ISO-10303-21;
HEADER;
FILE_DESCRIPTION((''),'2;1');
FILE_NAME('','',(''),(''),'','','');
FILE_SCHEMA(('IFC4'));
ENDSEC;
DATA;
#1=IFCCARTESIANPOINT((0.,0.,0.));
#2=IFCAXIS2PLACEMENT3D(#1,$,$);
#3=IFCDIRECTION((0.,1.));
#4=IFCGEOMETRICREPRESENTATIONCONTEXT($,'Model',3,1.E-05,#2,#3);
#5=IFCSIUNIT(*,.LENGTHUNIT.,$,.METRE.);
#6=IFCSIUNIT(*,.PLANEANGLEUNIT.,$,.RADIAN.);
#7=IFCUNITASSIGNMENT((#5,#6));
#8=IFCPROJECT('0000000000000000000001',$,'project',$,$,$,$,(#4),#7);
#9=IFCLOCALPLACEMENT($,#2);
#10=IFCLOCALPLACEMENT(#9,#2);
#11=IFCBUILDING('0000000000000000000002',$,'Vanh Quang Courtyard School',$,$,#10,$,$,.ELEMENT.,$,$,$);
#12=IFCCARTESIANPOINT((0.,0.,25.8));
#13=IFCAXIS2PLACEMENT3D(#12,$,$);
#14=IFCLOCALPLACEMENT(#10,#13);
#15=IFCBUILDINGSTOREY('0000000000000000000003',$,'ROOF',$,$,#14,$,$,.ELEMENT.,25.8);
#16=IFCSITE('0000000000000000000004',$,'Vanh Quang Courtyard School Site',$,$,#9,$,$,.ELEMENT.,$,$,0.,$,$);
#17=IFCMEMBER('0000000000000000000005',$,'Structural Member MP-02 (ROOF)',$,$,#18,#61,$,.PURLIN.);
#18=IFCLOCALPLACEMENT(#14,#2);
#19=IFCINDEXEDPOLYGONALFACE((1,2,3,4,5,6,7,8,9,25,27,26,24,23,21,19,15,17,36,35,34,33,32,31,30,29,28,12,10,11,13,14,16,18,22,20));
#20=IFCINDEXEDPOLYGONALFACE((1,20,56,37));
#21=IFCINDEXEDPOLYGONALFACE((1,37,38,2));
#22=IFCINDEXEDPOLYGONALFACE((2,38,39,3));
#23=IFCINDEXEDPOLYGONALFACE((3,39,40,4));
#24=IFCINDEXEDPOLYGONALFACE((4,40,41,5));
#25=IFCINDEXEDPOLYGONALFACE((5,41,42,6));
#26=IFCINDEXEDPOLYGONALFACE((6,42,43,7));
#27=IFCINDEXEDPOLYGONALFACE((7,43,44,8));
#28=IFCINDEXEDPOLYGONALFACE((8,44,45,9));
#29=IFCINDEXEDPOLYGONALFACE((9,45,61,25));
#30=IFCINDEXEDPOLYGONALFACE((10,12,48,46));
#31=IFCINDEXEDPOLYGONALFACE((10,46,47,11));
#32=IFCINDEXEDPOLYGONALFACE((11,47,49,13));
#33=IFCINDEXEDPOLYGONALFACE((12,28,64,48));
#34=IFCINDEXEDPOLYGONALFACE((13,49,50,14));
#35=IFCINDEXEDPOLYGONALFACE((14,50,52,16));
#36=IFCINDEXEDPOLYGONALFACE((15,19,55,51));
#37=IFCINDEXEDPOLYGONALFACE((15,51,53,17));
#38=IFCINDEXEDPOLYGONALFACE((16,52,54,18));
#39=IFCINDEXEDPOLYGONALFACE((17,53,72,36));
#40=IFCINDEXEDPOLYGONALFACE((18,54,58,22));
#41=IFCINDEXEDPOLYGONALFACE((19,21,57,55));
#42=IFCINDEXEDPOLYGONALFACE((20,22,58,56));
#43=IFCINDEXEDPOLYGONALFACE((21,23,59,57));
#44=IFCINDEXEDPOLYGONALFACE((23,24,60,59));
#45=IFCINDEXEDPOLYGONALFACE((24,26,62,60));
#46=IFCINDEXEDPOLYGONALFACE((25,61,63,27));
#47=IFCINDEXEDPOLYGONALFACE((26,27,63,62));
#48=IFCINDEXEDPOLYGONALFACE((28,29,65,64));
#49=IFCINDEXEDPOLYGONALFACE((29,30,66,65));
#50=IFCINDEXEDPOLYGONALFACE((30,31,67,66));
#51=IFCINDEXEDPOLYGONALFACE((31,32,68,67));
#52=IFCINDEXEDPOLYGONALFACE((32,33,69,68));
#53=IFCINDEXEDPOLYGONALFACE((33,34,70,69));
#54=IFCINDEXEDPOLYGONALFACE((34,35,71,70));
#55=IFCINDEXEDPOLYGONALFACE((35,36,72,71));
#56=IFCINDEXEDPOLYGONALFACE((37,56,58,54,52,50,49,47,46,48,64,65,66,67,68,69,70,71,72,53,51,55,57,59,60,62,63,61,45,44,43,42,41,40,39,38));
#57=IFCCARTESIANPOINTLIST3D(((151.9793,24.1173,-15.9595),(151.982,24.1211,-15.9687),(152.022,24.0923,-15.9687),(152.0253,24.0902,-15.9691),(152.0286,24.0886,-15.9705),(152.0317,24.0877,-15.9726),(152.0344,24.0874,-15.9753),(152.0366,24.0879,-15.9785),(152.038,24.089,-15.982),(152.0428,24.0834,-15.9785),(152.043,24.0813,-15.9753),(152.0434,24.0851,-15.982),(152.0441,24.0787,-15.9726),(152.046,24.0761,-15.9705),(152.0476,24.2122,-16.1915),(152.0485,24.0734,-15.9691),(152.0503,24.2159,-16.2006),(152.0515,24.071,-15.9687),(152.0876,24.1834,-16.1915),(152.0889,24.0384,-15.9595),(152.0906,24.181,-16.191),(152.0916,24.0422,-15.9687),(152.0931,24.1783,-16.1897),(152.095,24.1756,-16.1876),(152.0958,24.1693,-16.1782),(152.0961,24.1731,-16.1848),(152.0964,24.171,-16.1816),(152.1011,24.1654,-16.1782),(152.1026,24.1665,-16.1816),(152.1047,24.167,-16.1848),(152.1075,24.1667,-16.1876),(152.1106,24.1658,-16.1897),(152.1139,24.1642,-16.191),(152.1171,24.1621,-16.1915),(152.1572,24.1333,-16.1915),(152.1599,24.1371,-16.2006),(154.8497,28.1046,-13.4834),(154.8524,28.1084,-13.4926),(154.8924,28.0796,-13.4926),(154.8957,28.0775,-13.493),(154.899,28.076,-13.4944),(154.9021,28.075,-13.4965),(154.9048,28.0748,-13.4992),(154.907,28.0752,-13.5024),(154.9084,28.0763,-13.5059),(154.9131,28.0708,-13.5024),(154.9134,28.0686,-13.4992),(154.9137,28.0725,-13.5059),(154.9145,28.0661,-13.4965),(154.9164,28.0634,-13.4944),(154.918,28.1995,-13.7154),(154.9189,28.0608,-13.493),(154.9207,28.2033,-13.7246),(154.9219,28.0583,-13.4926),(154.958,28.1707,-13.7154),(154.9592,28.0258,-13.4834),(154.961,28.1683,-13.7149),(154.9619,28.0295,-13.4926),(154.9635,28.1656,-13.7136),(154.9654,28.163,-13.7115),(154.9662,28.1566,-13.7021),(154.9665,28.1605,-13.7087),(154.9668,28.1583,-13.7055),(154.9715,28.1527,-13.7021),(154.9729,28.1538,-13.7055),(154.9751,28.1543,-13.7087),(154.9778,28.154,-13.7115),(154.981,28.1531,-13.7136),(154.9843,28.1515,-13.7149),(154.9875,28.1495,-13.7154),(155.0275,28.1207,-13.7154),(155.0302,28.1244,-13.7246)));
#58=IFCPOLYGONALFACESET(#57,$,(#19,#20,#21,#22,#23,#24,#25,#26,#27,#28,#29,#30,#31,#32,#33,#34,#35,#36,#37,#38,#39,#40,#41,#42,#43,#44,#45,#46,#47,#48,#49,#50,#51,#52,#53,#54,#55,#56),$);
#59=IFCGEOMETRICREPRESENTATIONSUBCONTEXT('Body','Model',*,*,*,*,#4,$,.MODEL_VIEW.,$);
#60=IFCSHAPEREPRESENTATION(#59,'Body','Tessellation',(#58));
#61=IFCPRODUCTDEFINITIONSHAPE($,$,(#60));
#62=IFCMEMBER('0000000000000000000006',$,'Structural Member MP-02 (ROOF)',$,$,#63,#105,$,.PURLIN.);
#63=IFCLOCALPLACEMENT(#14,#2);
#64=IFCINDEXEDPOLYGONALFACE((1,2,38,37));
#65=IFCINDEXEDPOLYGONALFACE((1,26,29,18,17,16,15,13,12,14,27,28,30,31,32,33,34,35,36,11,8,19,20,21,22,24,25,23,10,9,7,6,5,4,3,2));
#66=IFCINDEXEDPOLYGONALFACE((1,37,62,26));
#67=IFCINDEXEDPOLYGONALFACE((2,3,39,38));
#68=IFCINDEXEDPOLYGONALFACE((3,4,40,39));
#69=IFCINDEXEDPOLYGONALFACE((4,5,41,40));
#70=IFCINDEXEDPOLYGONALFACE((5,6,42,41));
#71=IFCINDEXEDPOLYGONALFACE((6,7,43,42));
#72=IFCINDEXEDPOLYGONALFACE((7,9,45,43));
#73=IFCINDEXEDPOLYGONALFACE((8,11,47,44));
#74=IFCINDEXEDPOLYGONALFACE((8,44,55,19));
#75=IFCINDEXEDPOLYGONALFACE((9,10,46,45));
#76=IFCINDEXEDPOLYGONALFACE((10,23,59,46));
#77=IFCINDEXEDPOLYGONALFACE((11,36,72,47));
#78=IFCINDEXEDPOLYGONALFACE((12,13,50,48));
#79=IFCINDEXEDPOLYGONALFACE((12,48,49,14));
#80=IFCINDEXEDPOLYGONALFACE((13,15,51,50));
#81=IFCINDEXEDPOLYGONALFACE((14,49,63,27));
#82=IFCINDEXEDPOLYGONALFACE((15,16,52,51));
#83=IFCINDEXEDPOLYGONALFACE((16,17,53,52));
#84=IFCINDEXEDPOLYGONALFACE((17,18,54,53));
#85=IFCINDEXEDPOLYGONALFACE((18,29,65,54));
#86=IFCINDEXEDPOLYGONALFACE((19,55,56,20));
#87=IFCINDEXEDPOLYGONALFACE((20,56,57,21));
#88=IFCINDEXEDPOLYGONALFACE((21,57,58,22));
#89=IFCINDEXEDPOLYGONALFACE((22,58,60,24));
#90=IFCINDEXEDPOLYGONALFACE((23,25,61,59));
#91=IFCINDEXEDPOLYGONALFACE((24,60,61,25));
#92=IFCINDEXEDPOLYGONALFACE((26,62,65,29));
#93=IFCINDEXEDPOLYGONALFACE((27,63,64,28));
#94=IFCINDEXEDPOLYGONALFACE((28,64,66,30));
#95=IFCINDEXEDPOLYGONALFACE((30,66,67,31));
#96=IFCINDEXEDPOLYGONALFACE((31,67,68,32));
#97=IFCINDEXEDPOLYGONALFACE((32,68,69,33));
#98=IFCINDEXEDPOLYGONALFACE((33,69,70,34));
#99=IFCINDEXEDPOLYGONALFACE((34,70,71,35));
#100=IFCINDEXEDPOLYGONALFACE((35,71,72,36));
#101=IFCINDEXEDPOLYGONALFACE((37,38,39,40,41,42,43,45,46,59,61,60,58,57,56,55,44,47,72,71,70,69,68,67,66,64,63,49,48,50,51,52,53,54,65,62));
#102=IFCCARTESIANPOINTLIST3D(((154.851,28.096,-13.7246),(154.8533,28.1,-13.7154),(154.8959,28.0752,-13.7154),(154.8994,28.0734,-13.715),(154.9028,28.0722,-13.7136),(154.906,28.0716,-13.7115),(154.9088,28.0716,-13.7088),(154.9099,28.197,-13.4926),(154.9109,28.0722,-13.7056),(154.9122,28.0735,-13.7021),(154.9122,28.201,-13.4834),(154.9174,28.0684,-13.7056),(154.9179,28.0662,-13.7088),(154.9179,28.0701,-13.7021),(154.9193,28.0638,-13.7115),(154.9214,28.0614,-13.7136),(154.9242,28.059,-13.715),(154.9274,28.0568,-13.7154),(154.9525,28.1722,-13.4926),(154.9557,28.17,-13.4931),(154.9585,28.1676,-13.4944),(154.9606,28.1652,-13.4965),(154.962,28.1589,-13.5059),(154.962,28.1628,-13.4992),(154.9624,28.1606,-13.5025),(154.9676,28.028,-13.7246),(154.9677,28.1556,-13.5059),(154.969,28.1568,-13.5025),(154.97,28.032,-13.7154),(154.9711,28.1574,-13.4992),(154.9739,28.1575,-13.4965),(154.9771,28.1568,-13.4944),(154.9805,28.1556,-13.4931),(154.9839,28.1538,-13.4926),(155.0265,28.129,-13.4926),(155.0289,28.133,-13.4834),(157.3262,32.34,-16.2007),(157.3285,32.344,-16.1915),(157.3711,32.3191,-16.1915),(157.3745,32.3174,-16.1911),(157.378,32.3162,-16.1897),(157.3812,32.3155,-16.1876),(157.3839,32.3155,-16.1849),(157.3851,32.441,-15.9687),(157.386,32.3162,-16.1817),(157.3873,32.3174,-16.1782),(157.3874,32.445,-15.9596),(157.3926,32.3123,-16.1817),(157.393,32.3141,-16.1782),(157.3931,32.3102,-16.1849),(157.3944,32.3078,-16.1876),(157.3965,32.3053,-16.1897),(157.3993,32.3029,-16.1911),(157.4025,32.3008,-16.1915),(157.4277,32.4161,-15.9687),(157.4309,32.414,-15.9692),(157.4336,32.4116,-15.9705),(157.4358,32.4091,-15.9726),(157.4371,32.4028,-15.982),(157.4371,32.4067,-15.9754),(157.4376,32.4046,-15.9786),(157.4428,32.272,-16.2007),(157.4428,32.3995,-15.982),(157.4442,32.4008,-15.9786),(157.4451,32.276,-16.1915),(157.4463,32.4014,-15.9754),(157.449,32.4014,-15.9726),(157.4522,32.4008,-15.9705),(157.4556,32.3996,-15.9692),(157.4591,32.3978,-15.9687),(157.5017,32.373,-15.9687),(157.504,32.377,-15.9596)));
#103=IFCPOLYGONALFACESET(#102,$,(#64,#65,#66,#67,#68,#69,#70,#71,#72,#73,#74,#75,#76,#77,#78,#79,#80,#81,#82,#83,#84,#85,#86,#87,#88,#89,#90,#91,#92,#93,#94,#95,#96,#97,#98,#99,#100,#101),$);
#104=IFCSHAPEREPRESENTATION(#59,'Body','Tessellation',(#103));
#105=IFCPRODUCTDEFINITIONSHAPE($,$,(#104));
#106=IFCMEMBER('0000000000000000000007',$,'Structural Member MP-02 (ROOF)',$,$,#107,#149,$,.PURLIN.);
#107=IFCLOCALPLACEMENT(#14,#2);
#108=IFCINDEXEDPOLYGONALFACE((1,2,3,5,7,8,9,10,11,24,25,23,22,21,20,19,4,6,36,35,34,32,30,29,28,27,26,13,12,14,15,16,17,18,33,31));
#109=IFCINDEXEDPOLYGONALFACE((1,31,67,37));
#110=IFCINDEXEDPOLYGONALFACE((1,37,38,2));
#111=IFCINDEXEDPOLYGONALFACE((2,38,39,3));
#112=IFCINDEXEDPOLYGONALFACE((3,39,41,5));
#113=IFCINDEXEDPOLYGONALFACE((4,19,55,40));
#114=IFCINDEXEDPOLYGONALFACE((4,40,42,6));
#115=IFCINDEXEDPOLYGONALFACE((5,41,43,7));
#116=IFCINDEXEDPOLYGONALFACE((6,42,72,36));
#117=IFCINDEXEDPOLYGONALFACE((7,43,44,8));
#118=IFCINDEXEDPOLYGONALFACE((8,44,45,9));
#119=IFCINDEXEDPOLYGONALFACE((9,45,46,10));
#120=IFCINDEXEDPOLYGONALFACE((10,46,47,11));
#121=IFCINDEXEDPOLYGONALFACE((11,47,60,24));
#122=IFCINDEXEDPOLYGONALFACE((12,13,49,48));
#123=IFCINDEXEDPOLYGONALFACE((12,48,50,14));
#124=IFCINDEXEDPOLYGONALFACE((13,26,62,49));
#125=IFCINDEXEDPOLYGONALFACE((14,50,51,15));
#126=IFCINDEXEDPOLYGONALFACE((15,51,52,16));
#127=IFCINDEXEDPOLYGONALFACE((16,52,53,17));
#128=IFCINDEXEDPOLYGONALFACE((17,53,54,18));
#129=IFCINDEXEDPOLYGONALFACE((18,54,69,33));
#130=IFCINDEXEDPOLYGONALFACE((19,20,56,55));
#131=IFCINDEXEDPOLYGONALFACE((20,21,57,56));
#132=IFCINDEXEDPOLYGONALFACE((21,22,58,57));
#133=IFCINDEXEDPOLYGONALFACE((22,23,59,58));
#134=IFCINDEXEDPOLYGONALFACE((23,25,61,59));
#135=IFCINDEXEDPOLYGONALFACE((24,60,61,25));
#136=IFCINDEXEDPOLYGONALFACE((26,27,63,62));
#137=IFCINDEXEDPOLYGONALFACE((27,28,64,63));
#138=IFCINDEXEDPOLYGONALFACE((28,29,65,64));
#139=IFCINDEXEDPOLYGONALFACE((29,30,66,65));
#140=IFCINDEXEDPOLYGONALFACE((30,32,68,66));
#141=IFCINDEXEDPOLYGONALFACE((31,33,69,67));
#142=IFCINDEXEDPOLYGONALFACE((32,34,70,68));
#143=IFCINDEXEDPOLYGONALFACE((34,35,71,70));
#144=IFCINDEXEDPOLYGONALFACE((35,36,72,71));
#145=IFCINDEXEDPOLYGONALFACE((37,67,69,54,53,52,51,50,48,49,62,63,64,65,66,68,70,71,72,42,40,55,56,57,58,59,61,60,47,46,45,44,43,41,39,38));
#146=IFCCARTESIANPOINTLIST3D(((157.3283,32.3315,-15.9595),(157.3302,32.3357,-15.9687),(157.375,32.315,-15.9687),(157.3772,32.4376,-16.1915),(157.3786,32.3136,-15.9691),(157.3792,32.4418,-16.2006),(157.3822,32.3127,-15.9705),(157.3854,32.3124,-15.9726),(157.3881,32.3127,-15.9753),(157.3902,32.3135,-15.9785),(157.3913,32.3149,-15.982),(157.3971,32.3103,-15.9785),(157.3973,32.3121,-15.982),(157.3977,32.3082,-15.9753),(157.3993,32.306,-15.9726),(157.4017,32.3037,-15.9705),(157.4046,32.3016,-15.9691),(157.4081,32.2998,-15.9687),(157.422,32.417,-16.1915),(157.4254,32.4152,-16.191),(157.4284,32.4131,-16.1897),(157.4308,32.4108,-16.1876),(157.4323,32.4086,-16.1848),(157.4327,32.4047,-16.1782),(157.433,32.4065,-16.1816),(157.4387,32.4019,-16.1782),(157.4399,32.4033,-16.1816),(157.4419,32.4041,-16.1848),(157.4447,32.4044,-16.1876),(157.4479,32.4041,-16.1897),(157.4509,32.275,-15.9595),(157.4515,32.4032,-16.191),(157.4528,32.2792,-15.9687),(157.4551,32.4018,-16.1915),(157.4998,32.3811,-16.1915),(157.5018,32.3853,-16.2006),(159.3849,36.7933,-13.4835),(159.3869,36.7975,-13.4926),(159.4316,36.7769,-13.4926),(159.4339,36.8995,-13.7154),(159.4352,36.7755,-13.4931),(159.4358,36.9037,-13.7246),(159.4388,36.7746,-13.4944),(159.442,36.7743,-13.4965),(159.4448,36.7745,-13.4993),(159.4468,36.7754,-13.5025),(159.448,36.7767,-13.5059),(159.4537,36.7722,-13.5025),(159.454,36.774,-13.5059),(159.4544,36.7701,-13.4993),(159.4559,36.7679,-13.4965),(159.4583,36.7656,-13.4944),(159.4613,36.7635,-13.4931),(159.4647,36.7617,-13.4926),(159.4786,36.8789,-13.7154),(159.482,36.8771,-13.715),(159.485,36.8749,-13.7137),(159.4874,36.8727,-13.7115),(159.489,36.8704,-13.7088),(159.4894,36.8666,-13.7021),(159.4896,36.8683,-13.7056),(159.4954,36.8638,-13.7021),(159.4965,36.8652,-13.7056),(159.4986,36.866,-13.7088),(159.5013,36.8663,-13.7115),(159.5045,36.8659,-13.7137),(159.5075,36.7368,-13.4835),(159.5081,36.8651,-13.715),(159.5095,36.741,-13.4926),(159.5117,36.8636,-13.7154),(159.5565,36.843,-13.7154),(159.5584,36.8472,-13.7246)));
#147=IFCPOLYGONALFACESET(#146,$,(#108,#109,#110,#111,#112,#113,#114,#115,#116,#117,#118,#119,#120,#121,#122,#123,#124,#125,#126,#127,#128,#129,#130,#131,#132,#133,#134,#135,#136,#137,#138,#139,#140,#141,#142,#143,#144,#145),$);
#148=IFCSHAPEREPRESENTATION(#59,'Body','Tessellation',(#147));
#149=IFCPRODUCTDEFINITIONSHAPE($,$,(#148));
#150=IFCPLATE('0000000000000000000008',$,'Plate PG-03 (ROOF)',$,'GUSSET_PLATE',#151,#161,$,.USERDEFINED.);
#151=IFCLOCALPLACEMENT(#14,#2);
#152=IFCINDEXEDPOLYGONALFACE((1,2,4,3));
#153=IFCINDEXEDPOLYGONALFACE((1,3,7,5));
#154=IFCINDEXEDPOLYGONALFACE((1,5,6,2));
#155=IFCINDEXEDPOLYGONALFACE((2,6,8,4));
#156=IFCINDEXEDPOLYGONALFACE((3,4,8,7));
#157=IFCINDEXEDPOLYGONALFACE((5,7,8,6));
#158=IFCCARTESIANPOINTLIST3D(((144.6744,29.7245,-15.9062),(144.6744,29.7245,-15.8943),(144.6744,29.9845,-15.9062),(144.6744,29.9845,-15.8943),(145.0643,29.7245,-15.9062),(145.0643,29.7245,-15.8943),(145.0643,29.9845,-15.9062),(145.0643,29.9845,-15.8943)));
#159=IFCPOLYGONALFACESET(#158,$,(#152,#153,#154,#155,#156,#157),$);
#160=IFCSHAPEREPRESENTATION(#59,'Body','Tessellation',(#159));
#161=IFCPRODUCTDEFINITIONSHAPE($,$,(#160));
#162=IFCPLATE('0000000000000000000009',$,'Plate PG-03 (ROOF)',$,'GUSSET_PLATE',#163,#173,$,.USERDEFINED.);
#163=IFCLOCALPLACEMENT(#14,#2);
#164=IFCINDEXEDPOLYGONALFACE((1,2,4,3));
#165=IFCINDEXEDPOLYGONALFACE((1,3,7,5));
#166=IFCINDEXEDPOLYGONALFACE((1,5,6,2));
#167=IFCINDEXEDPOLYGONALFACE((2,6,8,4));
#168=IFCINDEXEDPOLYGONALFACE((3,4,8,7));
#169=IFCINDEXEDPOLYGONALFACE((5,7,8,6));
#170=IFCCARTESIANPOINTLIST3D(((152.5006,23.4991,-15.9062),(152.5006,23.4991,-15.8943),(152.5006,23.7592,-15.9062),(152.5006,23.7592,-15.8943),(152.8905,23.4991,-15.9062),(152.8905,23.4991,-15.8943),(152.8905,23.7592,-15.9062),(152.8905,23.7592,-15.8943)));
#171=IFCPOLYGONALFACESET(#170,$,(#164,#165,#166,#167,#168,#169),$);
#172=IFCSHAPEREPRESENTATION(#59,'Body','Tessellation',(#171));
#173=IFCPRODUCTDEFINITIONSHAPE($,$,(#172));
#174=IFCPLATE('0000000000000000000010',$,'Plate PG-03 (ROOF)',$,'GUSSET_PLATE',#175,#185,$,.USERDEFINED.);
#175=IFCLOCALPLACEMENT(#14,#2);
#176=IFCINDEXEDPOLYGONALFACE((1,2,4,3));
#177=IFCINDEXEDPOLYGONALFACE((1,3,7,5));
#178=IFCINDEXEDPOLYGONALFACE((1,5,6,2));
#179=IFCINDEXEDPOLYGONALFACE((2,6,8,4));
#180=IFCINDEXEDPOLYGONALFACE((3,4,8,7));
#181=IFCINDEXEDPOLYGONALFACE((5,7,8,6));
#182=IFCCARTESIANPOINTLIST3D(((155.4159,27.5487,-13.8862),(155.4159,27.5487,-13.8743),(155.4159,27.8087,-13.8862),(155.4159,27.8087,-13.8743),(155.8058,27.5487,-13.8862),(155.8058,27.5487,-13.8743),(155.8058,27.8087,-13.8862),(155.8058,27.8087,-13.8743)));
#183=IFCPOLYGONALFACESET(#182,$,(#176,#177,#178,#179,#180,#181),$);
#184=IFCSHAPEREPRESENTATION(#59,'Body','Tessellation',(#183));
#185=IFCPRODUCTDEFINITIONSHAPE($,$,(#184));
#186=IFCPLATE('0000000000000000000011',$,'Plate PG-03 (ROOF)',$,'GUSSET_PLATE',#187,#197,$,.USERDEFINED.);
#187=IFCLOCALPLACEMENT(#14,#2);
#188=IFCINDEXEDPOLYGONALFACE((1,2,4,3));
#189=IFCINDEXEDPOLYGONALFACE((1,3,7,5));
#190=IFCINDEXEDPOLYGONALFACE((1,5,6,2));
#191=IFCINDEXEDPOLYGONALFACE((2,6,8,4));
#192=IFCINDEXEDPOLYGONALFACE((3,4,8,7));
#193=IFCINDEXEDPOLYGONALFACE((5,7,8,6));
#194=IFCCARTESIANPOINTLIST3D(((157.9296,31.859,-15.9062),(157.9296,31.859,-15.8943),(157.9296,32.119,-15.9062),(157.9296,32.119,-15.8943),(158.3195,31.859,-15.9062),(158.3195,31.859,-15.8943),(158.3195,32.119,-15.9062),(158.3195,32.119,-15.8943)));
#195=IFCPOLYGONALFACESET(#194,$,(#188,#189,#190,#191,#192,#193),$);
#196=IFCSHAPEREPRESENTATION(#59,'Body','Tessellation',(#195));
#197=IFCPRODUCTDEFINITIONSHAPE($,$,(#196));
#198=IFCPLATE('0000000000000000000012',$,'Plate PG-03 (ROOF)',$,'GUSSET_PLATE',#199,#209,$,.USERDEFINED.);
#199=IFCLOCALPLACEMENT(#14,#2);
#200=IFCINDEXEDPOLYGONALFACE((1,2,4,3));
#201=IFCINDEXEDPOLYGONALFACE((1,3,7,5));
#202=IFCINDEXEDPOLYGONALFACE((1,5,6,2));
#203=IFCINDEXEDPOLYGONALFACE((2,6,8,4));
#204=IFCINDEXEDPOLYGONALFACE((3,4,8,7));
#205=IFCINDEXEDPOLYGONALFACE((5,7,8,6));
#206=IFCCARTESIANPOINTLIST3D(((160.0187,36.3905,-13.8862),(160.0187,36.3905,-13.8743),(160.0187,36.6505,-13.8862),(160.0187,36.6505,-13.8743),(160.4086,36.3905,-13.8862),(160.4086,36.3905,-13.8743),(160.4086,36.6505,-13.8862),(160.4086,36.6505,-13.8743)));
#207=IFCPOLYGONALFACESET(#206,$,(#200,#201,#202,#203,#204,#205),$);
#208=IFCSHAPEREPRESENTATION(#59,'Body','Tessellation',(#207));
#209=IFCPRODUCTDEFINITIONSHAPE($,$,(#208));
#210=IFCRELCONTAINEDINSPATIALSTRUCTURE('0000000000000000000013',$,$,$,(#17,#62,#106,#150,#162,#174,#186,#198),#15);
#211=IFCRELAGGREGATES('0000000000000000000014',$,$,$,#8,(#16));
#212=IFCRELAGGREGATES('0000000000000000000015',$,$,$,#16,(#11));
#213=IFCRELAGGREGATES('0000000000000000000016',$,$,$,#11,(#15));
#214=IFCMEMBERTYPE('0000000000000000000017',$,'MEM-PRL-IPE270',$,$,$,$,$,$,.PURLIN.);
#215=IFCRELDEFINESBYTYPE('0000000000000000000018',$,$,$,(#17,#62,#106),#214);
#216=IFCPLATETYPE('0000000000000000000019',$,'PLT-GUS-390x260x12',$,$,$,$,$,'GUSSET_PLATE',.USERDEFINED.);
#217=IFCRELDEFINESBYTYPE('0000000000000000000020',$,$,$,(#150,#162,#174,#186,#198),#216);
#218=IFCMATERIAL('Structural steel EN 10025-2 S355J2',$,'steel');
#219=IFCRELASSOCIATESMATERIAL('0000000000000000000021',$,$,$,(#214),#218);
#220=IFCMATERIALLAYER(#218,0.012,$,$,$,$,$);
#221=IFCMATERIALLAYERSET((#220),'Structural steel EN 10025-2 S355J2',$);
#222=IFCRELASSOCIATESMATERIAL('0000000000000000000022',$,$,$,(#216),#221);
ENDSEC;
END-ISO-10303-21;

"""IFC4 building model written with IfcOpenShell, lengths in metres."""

from ifc_helpers import new_model, si_unit, direction, frame, origin, origin_2d, place, context, subcontext, project, spatial, rectangle, i_section, extrude, material, layer, layer_set, material_profile, profile_set, type_object, element, save


model = new_model("IFC4")

# Units and contexts
model_context = context("Model", 3, precision=1e-05, world=origin(), true_north=direction((0.0, 1.0)))
body_context = subcontext(model_context, "Body", "Model", "MODEL_VIEW")
ifc_project = project(units=[si_unit("LENGTHUNIT", "METRE"), si_unit("PLANEANGLEUNIT", "RADIAN")], contexts=[model_context])

# Site, building, storey
site_placement = place(None, origin())
site = spatial("IfcSite", under=ifc_project, at=site_placement, Name="Vanh Quang Courtyard School Site", CompositionType="ELEMENT", RefElevation=0.0)
building_placement = place(site_placement, origin())
building = spatial("IfcBuilding", under=site, at=building_placement, Name="Vanh Quang Courtyard School", CompositionType="ELEMENT")
storey_placement = place(building_placement, frame((0.0, 0.0, 25.8)))
storey = spatial("IfcBuildingStorey", under=building, at=storey_placement, Name="ROOF", CompositionType="ELEMENT", Elevation=25.8)

# Shared definitions
ifc_material_1 = material(Name="Structural steel EN 10025-2 S355J2", Category="steel")

# Members
ifc_material_profile_1 = material_profile(ifc_material_1, i_section(OverallWidth=0.135, OverallDepth=0.27, WebThickness=0.0066, FlangeThickness=0.0103, FilletRadius=0.0149, at=origin_2d()), Name="IPE 270")
ifc_profile_set_1 = profile_set([ifc_material_profile_1], Name="Structural steel EN 10025-2 S355J2")
member_type_1 = type_object("IfcMemberType", Name="MEM-PRL-IPE270", PredefinedType="PURLIN", material=ifc_profile_set_1)
for number, where, z_axis, x_axis, name in (
    (1, (152.0696, 24.1272, -16.0801), (0.521724, 0.724743, 0.450058), (-0.811582, 0.584238, 0.0), "Structural Member MP-02 (ROOF)"),
    (2, (154.9399, 28.1145, -13.604), (0.449886, 0.771392, -0.450064), (-0.863824, 0.503794, 0.0), "Structural Member MP-02 (ROOF)"),
    (3, (157.415, 32.3584, -16.0801), (0.373815, 0.810997, 0.450051), (-0.908169, 0.418604, 0.0), "Structural Member MP-02 (ROOF)"),
):
    element("IfcMember", number, at=place(storey_placement, frame(where, z_axis=z_axis, x_axis=x_axis)), inside=storey, type_object=member_type_1, Name=name, PredefinedType="PURLIN", context=body_context, shape_type="SweptSolid", body=[
        extrude(i_section(OverallWidth=0.135, OverallDepth=0.27, WebThickness=0.0066, FlangeThickness=0.0103, FilletRadius=0.0149, at=origin_2d()), origin(), (0.0, 0.0, 1.0), 5.5017),
    ])

# Plates
ifc_layer_1 = layer(ifc_material_1, 0.012)
ifc_layer_set_1 = layer_set([ifc_layer_1], Name="Structural steel EN 10025-2 S355J2")
plate_type_1 = type_object("IfcPlateType", Name="PLT-GUS-390x260x12", ElementType="GUSSET_PLATE", PredefinedType="USERDEFINED", material=ifc_layer_set_1)
for number, where, z_axis, x_axis, name in (
    (4, (144.8694, 29.8545, -15.9062), (0.0, 0.0, 1.0), (1.0, 0.0, 0.0), "Plate PG-03 (ROOF)"),
    (5, (152.6956, 23.6292, -15.9062), (0.0, 0.0, 1.0), (1.0, 0.0, 0.0), "Plate PG-03 (ROOF)"),
    (6, (155.6108, 27.6787, -13.8862), (0.0, 0.0, 1.0), (1.0, 0.0, 0.0), "Plate PG-03 (ROOF)"),
    (7, (158.1245, 31.989, -15.9062), (0.0, 0.0, 1.0), (1.0, 0.0, 0.0), "Plate PG-03 (ROOF)"),
    (8, (160.2136, 36.5205, -13.8862), (0.0, 0.0, 1.0), (1.0, 0.0, 0.0), "Plate PG-03 (ROOF)"),
):
    element("IfcPlate", number, at=place(storey_placement, frame(where, z_axis=z_axis, x_axis=x_axis)), inside=storey, type_object=plate_type_1, Name=name, ObjectType="GUSSET_PLATE", PredefinedType="USERDEFINED", context=body_context, shape_type="SweptSolid", body=[
        extrude(rectangle(XDim=0.3899, YDim=0.26, at=origin_2d()), origin(), (0.0, 0.0, 1.0), 0.012),
    ])

save(model, "model.ifc")
